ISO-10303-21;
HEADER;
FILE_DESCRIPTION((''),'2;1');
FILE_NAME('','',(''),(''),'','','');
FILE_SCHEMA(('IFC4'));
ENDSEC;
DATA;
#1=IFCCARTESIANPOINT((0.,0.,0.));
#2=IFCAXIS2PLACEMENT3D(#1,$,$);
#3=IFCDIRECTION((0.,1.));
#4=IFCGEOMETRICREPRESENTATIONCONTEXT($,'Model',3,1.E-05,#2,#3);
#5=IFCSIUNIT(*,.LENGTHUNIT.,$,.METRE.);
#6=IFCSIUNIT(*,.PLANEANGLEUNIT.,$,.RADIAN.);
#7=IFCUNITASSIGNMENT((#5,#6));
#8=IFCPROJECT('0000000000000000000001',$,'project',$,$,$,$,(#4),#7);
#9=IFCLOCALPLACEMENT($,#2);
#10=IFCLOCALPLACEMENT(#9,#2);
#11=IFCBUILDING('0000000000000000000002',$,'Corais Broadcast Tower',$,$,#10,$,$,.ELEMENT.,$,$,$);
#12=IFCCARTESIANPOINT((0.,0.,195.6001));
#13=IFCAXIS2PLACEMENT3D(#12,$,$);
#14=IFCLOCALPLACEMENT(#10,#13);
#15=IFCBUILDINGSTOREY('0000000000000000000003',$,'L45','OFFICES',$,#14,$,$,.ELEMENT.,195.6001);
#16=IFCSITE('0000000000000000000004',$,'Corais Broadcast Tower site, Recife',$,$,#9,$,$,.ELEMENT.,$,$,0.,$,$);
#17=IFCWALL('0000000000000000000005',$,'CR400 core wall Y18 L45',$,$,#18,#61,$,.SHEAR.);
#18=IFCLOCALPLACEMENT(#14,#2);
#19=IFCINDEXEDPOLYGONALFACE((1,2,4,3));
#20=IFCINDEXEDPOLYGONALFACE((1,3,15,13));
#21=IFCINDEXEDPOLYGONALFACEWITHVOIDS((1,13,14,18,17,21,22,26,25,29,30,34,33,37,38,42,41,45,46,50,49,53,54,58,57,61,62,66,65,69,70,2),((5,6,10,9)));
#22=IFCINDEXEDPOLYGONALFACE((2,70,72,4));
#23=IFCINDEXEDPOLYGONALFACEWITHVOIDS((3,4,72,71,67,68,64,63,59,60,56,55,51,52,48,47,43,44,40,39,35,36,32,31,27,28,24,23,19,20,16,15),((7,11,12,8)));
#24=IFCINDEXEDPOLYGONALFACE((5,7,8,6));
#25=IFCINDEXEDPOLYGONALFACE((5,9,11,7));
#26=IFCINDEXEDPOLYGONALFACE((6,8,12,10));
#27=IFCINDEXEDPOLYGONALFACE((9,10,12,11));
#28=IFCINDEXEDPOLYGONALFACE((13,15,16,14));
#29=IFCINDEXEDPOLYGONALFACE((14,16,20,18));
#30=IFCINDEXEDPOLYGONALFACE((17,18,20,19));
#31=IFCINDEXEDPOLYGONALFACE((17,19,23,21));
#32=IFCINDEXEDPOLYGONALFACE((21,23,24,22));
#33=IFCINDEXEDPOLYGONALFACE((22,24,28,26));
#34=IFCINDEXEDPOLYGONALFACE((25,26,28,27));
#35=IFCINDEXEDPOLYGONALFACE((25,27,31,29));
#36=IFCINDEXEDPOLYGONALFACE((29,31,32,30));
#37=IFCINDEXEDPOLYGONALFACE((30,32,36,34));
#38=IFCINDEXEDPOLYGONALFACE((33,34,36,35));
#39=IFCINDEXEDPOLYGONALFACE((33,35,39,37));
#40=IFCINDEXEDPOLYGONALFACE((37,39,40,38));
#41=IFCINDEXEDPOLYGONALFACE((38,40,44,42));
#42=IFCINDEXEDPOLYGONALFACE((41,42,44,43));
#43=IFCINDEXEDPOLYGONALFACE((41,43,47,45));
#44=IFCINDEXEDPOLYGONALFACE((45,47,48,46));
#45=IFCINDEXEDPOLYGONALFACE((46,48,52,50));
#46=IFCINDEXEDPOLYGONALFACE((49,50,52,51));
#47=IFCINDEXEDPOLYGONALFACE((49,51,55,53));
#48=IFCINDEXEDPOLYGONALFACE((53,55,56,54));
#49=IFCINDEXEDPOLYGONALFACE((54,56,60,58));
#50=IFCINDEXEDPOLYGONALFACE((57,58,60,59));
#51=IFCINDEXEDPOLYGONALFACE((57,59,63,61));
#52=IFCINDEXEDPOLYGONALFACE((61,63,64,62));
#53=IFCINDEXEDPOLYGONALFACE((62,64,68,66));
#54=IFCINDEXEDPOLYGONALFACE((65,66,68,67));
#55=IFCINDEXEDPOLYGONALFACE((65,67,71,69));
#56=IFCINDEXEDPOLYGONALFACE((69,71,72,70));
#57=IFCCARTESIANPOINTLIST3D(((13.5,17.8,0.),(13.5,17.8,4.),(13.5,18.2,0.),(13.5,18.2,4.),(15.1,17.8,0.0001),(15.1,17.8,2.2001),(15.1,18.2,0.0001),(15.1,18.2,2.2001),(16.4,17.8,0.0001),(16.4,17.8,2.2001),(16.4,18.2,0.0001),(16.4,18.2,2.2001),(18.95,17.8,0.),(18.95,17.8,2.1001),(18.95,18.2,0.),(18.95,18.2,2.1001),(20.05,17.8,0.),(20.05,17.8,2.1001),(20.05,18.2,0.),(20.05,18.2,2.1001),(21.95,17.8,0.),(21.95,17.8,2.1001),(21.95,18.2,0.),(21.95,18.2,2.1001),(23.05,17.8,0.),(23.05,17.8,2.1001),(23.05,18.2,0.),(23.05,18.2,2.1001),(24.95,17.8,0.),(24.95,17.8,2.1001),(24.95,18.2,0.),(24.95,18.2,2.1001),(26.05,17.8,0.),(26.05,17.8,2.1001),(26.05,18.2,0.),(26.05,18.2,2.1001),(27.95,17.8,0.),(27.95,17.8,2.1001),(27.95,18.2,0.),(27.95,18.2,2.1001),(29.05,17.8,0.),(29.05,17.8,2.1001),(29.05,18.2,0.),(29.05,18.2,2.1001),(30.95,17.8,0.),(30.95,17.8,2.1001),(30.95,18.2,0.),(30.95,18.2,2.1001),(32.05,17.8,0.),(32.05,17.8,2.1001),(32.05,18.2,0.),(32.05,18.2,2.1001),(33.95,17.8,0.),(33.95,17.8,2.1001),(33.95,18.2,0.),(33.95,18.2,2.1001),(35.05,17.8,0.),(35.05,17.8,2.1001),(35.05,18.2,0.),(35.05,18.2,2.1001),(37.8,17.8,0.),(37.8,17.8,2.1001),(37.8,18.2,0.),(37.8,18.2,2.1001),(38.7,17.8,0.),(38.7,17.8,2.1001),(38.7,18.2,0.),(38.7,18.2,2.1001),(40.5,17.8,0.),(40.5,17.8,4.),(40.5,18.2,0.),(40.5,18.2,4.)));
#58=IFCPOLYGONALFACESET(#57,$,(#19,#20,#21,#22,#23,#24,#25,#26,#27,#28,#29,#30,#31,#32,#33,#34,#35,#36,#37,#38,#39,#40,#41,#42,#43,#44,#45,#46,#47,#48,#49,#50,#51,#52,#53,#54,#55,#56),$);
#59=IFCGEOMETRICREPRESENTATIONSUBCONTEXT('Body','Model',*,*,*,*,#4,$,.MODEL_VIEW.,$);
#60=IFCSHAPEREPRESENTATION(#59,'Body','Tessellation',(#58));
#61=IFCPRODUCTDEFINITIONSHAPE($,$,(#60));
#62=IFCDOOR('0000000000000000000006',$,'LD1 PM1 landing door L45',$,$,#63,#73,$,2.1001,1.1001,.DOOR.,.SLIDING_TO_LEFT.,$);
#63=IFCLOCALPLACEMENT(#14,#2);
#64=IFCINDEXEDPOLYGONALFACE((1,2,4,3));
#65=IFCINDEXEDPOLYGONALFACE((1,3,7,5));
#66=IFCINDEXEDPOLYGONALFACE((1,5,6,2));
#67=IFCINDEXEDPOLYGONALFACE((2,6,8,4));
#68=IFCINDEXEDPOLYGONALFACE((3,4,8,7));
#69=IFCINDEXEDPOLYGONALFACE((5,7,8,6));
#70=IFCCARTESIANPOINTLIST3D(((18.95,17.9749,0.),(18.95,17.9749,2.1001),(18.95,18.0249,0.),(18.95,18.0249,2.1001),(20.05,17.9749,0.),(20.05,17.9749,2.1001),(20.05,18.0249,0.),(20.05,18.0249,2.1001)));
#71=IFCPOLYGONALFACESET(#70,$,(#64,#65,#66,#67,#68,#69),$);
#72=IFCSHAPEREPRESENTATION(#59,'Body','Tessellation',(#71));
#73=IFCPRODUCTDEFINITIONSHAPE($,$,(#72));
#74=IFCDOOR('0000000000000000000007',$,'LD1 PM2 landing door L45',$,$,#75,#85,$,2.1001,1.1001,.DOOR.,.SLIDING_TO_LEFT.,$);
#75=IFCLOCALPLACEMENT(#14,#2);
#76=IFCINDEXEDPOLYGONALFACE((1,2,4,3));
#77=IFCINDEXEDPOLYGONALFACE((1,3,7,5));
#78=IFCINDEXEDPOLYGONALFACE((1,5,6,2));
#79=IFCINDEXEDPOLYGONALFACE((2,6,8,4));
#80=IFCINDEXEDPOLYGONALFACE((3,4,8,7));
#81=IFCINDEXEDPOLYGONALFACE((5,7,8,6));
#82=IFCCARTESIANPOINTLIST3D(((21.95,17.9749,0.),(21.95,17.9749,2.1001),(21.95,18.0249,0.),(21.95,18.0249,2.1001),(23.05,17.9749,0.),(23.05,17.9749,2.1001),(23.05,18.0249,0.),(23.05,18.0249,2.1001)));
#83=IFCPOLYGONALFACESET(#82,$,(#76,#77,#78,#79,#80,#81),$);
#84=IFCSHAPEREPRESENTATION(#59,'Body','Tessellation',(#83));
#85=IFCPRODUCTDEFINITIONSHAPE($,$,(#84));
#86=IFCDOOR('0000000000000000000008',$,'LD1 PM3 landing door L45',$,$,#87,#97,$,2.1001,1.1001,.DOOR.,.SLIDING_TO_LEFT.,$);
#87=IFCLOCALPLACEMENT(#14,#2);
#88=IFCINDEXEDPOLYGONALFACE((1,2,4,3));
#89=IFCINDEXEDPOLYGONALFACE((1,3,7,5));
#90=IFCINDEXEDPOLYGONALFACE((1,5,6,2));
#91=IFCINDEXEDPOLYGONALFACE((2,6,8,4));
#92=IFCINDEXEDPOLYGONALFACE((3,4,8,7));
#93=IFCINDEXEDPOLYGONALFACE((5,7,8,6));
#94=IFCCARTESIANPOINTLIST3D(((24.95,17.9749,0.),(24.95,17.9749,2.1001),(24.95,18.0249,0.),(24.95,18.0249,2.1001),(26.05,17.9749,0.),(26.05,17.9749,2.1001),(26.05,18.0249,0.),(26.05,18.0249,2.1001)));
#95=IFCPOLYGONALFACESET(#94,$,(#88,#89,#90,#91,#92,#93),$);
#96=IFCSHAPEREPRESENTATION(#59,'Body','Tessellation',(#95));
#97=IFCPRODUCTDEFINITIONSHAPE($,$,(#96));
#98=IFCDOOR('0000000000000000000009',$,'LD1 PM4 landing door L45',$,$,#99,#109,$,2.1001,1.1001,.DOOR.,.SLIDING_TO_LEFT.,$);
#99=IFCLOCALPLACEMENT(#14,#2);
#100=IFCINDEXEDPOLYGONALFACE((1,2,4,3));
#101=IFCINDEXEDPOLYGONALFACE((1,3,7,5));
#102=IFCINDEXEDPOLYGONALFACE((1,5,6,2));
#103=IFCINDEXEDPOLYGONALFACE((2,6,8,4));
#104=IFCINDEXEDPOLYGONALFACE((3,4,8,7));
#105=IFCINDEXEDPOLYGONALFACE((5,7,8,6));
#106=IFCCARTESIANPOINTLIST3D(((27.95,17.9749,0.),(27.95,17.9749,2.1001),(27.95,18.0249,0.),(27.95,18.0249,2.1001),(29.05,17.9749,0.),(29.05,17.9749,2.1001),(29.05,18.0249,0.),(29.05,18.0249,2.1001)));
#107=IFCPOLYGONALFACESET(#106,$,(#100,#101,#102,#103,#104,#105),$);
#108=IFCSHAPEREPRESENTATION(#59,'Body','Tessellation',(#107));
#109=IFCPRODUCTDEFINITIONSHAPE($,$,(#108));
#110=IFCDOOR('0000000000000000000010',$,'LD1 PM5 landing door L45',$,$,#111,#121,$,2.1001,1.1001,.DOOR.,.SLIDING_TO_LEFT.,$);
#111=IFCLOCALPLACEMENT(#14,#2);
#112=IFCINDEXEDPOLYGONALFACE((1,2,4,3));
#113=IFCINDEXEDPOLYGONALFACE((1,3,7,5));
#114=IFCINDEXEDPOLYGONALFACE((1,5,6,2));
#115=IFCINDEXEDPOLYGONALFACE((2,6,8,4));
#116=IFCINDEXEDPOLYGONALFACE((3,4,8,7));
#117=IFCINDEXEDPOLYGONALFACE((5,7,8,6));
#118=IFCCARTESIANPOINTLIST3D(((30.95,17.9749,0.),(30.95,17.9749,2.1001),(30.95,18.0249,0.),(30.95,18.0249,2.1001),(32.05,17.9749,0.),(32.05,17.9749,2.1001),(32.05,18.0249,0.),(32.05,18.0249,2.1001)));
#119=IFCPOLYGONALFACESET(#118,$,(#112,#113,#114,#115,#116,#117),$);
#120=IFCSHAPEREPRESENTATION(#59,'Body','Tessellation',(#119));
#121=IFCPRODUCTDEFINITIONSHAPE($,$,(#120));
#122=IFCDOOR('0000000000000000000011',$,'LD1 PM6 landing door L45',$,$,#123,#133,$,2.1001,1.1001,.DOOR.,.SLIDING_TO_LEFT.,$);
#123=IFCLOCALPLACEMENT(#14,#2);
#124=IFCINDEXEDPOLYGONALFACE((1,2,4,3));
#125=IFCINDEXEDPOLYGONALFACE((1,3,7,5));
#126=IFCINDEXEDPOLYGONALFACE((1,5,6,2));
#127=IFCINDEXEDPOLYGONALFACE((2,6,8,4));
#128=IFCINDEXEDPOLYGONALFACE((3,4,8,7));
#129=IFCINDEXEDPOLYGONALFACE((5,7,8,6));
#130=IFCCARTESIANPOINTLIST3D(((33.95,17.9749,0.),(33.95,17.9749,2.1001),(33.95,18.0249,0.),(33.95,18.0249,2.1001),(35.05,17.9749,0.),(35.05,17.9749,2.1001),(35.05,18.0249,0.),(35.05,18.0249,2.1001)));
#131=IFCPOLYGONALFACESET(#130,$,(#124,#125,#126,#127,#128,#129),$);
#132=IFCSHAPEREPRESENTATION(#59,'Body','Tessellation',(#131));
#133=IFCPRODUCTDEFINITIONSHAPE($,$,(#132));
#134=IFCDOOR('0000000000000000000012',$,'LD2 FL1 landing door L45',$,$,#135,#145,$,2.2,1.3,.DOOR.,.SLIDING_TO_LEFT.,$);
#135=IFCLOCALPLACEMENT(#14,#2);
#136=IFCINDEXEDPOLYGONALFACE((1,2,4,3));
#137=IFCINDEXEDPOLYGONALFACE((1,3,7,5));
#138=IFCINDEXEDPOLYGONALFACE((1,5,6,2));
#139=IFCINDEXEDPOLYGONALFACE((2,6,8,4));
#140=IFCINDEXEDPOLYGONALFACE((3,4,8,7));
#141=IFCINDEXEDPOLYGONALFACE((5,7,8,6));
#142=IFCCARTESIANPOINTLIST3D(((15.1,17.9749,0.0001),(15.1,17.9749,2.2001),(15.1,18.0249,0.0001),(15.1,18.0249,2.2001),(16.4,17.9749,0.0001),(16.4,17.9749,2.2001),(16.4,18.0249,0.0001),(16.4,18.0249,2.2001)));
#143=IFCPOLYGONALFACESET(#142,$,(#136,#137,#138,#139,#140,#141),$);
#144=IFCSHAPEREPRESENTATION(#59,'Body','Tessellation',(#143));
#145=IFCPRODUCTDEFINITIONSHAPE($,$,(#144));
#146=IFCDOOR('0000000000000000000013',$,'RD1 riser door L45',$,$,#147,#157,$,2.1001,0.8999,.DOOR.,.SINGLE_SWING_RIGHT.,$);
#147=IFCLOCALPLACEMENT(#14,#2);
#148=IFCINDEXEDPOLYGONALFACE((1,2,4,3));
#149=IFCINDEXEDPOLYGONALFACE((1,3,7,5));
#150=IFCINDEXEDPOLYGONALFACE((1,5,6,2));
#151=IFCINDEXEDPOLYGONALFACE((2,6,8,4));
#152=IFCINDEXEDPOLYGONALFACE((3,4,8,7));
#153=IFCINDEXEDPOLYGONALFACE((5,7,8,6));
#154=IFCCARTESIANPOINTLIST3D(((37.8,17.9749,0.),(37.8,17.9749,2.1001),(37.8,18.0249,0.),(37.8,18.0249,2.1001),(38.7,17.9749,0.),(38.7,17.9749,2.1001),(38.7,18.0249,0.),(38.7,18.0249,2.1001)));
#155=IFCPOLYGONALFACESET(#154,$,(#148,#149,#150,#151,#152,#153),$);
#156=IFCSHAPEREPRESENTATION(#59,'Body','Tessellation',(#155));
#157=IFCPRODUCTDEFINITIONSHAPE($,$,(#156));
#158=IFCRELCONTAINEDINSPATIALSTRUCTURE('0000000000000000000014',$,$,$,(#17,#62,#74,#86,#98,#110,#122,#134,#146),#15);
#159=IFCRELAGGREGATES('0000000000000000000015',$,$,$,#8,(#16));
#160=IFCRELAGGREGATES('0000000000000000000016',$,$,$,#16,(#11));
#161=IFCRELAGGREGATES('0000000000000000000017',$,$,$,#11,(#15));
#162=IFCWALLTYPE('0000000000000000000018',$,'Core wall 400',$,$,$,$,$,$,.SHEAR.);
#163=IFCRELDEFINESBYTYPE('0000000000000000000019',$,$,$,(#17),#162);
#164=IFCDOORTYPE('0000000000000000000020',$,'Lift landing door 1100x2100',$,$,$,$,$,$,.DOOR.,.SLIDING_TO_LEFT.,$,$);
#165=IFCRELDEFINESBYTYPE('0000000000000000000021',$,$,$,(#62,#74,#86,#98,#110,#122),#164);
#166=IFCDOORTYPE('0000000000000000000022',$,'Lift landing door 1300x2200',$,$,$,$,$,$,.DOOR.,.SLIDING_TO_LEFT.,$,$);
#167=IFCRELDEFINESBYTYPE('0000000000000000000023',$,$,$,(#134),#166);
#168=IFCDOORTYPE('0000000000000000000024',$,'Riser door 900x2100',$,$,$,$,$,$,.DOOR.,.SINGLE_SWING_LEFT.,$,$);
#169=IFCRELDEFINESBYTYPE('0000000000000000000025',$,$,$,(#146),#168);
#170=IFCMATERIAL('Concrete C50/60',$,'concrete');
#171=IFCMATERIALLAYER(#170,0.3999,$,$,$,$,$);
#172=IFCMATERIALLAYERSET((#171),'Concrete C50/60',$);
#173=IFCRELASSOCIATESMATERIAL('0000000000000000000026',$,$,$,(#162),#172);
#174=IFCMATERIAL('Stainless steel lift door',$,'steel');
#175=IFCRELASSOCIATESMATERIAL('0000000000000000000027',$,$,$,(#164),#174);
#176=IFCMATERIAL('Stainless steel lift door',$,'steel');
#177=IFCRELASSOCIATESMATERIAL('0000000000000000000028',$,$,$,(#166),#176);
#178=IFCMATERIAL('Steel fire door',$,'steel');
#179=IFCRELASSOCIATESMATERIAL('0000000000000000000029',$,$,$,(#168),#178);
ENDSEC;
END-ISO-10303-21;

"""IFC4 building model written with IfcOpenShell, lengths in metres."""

from ifc_helpers import new_model, si_unit, direction, frame, frame_2d, origin, place, context, subcontext, project, spatial, rectangle, extrude, material, layer, layer_set, type_object, element, fill, save


model = new_model("IFC4")

# Units and contexts
model_context = context("Model", 3, precision=1e-05, world=origin(), true_north=direction((0.0, 1.0)))
body_context = subcontext(model_context, "Body", "Model", "MODEL_VIEW")
ifc_project = project(units=[si_unit("LENGTHUNIT", "METRE"), si_unit("PLANEANGLEUNIT", "RADIAN")], contexts=[model_context])

# Site, building, storey
site_placement = place(None, origin())
site = spatial("IfcSite", under=ifc_project, at=site_placement, Name="Corais Broadcast Tower site, Recife", CompositionType="ELEMENT", RefElevation=0.0)
building_placement = place(site_placement, origin())
building = spatial("IfcBuilding", under=site, at=building_placement, Name="Corais Broadcast Tower", CompositionType="ELEMENT")
storey_placement = place(building_placement, frame((0.0, 0.0, 195.6001)))
storey = spatial("IfcBuildingStorey", under=building, at=storey_placement, Name="L45", Description="OFFICES", CompositionType="ELEMENT", Elevation=195.6001)

# Shared definitions
ifc_material_1 = material(Name="Concrete C50/60", Category="concrete")
ifc_layer_1 = layer(ifc_material_1, 0.3999)
ifc_layer_set_1 = layer_set([ifc_layer_1], Name="Concrete C50/60")
wall_type_1 = type_object("IfcWallType", Name="Core wall 400", PredefinedType="SHEAR", material=ifc_layer_set_1)

# Wall, openings, doors
wall_1_placement = place(storey_placement, frame((13.5, 18.0, 0.0), z_axis=(0.0, 0.0, 1.0), x_axis=(1.0, 0.0, 0.0)))
wall_1 = element("IfcWall", 1, at=wall_1_placement, inside=storey, type_object=wall_type_1, Name="CR400 core wall Y18 L45", PredefinedType="SHEAR", context=body_context, shape_type="SweptSolid", body=[
    extrude(rectangle(XDim=27.0, YDim=0.3999, at=frame_2d((13.5, 0.0))), origin(), (0.0, 0.0, 1.0), 4.0),
])
opening_1_placement = place(wall_1_placement, frame((24.3, 0.0, 0.0)))
opening_1 = element("IfcOpeningElement", 2, at=opening_1_placement, cuts=wall_1, PredefinedType="OPENING", context=body_context, shape_type="SweptSolid", body=[
    extrude(rectangle(XDim=0.8999, YDim=2.1001, at=frame_2d((0.45, 1.05))), frame((0.0, 0.21, 0.0), z_axis=(0.0, -1.0, 0.0), x_axis=(1.0, 0.0, 0.0)), (0.0, 0.0, 1.0), 0.4199),
])
opening_2_placement = place(wall_1_placement, frame((5.45, 0.0, 0.0)))
opening_2 = element("IfcOpeningElement", 3, at=opening_2_placement, cuts=wall_1, PredefinedType="OPENING", context=body_context, shape_type="SweptSolid", body=[
    extrude(rectangle(XDim=1.1001, YDim=2.1001, at=frame_2d((0.55, 1.05))), frame((0.0, 0.21, 0.0), z_axis=(0.0, -1.0, 0.0), x_axis=(1.0, 0.0, 0.0)), (0.0, 0.0, 1.0), 0.4199),
])
opening_3_placement = place(wall_1_placement, frame((8.45, 0.0, 0.0)))
opening_3 = element("IfcOpeningElement", 4, at=opening_3_placement, cuts=wall_1, PredefinedType="OPENING", context=body_context, shape_type="SweptSolid", body=[
    extrude(rectangle(XDim=1.1001, YDim=2.1001, at=frame_2d((0.55, 1.05))), frame((0.0, 0.21, 0.0), z_axis=(0.0, -1.0, 0.0), x_axis=(1.0, 0.0, 0.0)), (0.0, 0.0, 1.0), 0.4199),
])
opening_4_placement = place(wall_1_placement, frame((11.45, 0.0, 0.0)))
opening_4 = element("IfcOpeningElement", 5, at=opening_4_placement, cuts=wall_1, PredefinedType="OPENING", context=body_context, shape_type="SweptSolid", body=[
    extrude(rectangle(XDim=1.1001, YDim=2.1001, at=frame_2d((0.55, 1.05))), frame((0.0, 0.21, 0.0), z_axis=(0.0, -1.0, 0.0), x_axis=(1.0, 0.0, 0.0)), (0.0, 0.0, 1.0), 0.4199),
])
opening_5_placement = place(wall_1_placement, frame((14.45, 0.0, 0.0)))
opening_5 = element("IfcOpeningElement", 6, at=opening_5_placement, cuts=wall_1, PredefinedType="OPENING", context=body_context, shape_type="SweptSolid", body=[
    extrude(rectangle(XDim=1.1001, YDim=2.1001, at=frame_2d((0.55, 1.05))), frame((0.0, 0.21, 0.0), z_axis=(0.0, -1.0, 0.0), x_axis=(1.0, 0.0, 0.0)), (0.0, 0.0, 1.0), 0.4199),
])
opening_6_placement = place(wall_1_placement, frame((17.45, 0.0, 0.0)))
opening_6 = element("IfcOpeningElement", 7, at=opening_6_placement, cuts=wall_1, PredefinedType="OPENING", context=body_context, shape_type="SweptSolid", body=[
    extrude(rectangle(XDim=1.1001, YDim=2.1001, at=frame_2d((0.55, 1.05))), frame((0.0, 0.21, 0.0), z_axis=(0.0, -1.0, 0.0), x_axis=(1.0, 0.0, 0.0)), (0.0, 0.0, 1.0), 0.4199),
])
opening_7_placement = place(wall_1_placement, frame((20.45, 0.0, 0.0)))
opening_7 = element("IfcOpeningElement", 8, at=opening_7_placement, cuts=wall_1, PredefinedType="OPENING", context=body_context, shape_type="SweptSolid", body=[
    extrude(rectangle(XDim=1.1001, YDim=2.1001, at=frame_2d((0.55, 1.05))), frame((0.0, 0.21, 0.0), z_axis=(0.0, -1.0, 0.0), x_axis=(1.0, 0.0, 0.0)), (0.0, 0.0, 1.0), 0.4199),
])
opening_8_placement = place(wall_1_placement, frame((1.6001, 0.0, 0.0)))
opening_8 = element("IfcOpeningElement", 9, at=opening_8_placement, cuts=wall_1, PredefinedType="OPENING", context=body_context, shape_type="SweptSolid", body=[
    extrude(rectangle(XDim=1.3, YDim=2.2, at=frame_2d((0.6499, 1.1001))), frame((0.0, 0.21, 0.0), z_axis=(0.0, -1.0, 0.0), x_axis=(1.0, 0.0, 0.0)), (0.0, 0.0, 1.0), 0.4199),
])
ifc_material_2 = material(Name="Stainless steel lift door", Category="steel")
door_type_1 = type_object("IfcDoorType", Name="Lift landing door 1100x2100", OperationType="SLIDING_TO_LEFT", PredefinedType="DOOR", material=ifc_material_2)
door_1_placement = place(opening_2_placement, origin())
door_1 = element("IfcDoor", 10, at=door_1_placement, inside=storey, type_object=door_type_1, Name="LD1 PM1 landing door L45", OperationType="SLIDING_TO_LEFT", OverallHeight=2.1001, OverallWidth=1.1001, PredefinedType="DOOR", context=body_context, shape_type="SweptSolid", body=[
    extrude(rectangle(XDim=1.1001, YDim=2.1001, at=frame_2d((0.55, 1.05))), frame((0.0, 0.0249, 0.0), z_axis=(0.0, -1.0, 0.0), x_axis=(1.0, 0.0, 0.0)), (0.0, 0.0, 1.0), 0.05),
])
fill(opening_2, door_1)
door_2_placement = place(opening_3_placement, origin())
door_2 = element("IfcDoor", 11, at=door_2_placement, inside=storey, type_object=door_type_1, Name="LD1 PM2 landing door L45", OperationType="SLIDING_TO_LEFT", OverallHeight=2.1001, OverallWidth=1.1001, PredefinedType="DOOR", context=body_context, shape_type="SweptSolid", body=[
    extrude(rectangle(XDim=1.1001, YDim=2.1001, at=frame_2d((0.55, 1.05))), frame((0.0, 0.0249, 0.0), z_axis=(0.0, -1.0, 0.0), x_axis=(1.0, 0.0, 0.0)), (0.0, 0.0, 1.0), 0.05),
])
fill(opening_3, door_2)
door_3_placement = place(opening_4_placement, origin())
door_3 = element("IfcDoor", 12, at=door_3_placement, inside=storey, type_object=door_type_1, Name="LD1 PM3 landing door L45", OperationType="SLIDING_TO_LEFT", OverallHeight=2.1001, OverallWidth=1.1001, PredefinedType="DOOR", context=body_context, shape_type="SweptSolid", body=[
    extrude(rectangle(XDim=1.1001, YDim=2.1001, at=frame_2d((0.55, 1.05))), frame((0.0, 0.0249, 0.0), z_axis=(0.0, -1.0, 0.0), x_axis=(1.0, 0.0, 0.0)), (0.0, 0.0, 1.0), 0.05),
])
fill(opening_4, door_3)
door_4_placement = place(opening_5_placement, origin())
door_4 = element("IfcDoor", 13, at=door_4_placement, inside=storey, type_object=door_type_1, Name="LD1 PM4 landing door L45", OperationType="SLIDING_TO_LEFT", OverallHeight=2.1001, OverallWidth=1.1001, PredefinedType="DOOR", context=body_context, shape_type="SweptSolid", body=[
    extrude(rectangle(XDim=1.1001, YDim=2.1001, at=frame_2d((0.55, 1.05))), frame((0.0, 0.0249, 0.0), z_axis=(0.0, -1.0, 0.0), x_axis=(1.0, 0.0, 0.0)), (0.0, 0.0, 1.0), 0.05),
])
fill(opening_5, door_4)
door_5_placement = place(opening_6_placement, origin())
door_5 = element("IfcDoor", 14, at=door_5_placement, inside=storey, type_object=door_type_1, Name="LD1 PM5 landing door L45", OperationType="SLIDING_TO_LEFT", OverallHeight=2.1001, OverallWidth=1.1001, PredefinedType="DOOR", context=body_context, shape_type="SweptSolid", body=[
    extrude(rectangle(XDim=1.1001, YDim=2.1001, at=frame_2d((0.55, 1.05))), frame((0.0, 0.0249, 0.0), z_axis=(0.0, -1.0, 0.0), x_axis=(1.0, 0.0, 0.0)), (0.0, 0.0, 1.0), 0.05),
])
fill(opening_6, door_5)
door_6_placement = place(opening_7_placement, origin())
door_6 = element("IfcDoor", 15, at=door_6_placement, inside=storey, type_object=door_type_1, Name="LD1 PM6 landing door L45", OperationType="SLIDING_TO_LEFT", OverallHeight=2.1001, OverallWidth=1.1001, PredefinedType="DOOR", context=body_context, shape_type="SweptSolid", body=[
    extrude(rectangle(XDim=1.1001, YDim=2.1001, at=frame_2d((0.55, 1.05))), frame((0.0, 0.0249, 0.0), z_axis=(0.0, -1.0, 0.0), x_axis=(1.0, 0.0, 0.0)), (0.0, 0.0, 1.0), 0.05),
])
fill(opening_7, door_6)
ifc_material_3 = material(Name="Stainless steel lift door", Category="steel")
door_type_2 = type_object("IfcDoorType", Name="Lift landing door 1300x2200", OperationType="SLIDING_TO_LEFT", PredefinedType="DOOR", material=ifc_material_3)
door_7_placement = place(opening_8_placement, origin())
door_7 = element("IfcDoor", 16, at=door_7_placement, inside=storey, type_object=door_type_2, Name="LD2 FL1 landing door L45", OperationType="SLIDING_TO_LEFT", OverallHeight=2.2, OverallWidth=1.3, PredefinedType="DOOR", context=body_context, shape_type="SweptSolid", body=[
    extrude(rectangle(XDim=1.3, YDim=2.2, at=frame_2d((0.6499, 1.1001))), frame((0.0, 0.0249, 0.0), z_axis=(0.0, -1.0, 0.0), x_axis=(1.0, 0.0, 0.0)), (0.0, 0.0, 1.0), 0.05),
])
fill(opening_8, door_7)
ifc_material_4 = material(Name="Steel fire door", Category="steel")
door_type_3 = type_object("IfcDoorType", Name="Riser door 900x2100", OperationType="SINGLE_SWING_LEFT", PredefinedType="DOOR", material=ifc_material_4)
door_8_placement = place(opening_1_placement, origin())
door_8 = element("IfcDoor", 17, at=door_8_placement, inside=storey, type_object=door_type_3, Name="RD1 riser door L45", OperationType="SINGLE_SWING_RIGHT", OverallHeight=2.1001, OverallWidth=0.8999, PredefinedType="DOOR", context=body_context, shape_type="SweptSolid", body=[
    extrude(rectangle(XDim=0.8999, YDim=2.1001, at=frame_2d((0.45, 1.05))), frame((0.0, 0.0249, 0.0), z_axis=(0.0, -1.0, 0.0), x_axis=(1.0, 0.0, 0.0)), (0.0, 0.0, 1.0), 0.05),
])
fill(opening_1, door_8)

save(model, "model.ifc")
